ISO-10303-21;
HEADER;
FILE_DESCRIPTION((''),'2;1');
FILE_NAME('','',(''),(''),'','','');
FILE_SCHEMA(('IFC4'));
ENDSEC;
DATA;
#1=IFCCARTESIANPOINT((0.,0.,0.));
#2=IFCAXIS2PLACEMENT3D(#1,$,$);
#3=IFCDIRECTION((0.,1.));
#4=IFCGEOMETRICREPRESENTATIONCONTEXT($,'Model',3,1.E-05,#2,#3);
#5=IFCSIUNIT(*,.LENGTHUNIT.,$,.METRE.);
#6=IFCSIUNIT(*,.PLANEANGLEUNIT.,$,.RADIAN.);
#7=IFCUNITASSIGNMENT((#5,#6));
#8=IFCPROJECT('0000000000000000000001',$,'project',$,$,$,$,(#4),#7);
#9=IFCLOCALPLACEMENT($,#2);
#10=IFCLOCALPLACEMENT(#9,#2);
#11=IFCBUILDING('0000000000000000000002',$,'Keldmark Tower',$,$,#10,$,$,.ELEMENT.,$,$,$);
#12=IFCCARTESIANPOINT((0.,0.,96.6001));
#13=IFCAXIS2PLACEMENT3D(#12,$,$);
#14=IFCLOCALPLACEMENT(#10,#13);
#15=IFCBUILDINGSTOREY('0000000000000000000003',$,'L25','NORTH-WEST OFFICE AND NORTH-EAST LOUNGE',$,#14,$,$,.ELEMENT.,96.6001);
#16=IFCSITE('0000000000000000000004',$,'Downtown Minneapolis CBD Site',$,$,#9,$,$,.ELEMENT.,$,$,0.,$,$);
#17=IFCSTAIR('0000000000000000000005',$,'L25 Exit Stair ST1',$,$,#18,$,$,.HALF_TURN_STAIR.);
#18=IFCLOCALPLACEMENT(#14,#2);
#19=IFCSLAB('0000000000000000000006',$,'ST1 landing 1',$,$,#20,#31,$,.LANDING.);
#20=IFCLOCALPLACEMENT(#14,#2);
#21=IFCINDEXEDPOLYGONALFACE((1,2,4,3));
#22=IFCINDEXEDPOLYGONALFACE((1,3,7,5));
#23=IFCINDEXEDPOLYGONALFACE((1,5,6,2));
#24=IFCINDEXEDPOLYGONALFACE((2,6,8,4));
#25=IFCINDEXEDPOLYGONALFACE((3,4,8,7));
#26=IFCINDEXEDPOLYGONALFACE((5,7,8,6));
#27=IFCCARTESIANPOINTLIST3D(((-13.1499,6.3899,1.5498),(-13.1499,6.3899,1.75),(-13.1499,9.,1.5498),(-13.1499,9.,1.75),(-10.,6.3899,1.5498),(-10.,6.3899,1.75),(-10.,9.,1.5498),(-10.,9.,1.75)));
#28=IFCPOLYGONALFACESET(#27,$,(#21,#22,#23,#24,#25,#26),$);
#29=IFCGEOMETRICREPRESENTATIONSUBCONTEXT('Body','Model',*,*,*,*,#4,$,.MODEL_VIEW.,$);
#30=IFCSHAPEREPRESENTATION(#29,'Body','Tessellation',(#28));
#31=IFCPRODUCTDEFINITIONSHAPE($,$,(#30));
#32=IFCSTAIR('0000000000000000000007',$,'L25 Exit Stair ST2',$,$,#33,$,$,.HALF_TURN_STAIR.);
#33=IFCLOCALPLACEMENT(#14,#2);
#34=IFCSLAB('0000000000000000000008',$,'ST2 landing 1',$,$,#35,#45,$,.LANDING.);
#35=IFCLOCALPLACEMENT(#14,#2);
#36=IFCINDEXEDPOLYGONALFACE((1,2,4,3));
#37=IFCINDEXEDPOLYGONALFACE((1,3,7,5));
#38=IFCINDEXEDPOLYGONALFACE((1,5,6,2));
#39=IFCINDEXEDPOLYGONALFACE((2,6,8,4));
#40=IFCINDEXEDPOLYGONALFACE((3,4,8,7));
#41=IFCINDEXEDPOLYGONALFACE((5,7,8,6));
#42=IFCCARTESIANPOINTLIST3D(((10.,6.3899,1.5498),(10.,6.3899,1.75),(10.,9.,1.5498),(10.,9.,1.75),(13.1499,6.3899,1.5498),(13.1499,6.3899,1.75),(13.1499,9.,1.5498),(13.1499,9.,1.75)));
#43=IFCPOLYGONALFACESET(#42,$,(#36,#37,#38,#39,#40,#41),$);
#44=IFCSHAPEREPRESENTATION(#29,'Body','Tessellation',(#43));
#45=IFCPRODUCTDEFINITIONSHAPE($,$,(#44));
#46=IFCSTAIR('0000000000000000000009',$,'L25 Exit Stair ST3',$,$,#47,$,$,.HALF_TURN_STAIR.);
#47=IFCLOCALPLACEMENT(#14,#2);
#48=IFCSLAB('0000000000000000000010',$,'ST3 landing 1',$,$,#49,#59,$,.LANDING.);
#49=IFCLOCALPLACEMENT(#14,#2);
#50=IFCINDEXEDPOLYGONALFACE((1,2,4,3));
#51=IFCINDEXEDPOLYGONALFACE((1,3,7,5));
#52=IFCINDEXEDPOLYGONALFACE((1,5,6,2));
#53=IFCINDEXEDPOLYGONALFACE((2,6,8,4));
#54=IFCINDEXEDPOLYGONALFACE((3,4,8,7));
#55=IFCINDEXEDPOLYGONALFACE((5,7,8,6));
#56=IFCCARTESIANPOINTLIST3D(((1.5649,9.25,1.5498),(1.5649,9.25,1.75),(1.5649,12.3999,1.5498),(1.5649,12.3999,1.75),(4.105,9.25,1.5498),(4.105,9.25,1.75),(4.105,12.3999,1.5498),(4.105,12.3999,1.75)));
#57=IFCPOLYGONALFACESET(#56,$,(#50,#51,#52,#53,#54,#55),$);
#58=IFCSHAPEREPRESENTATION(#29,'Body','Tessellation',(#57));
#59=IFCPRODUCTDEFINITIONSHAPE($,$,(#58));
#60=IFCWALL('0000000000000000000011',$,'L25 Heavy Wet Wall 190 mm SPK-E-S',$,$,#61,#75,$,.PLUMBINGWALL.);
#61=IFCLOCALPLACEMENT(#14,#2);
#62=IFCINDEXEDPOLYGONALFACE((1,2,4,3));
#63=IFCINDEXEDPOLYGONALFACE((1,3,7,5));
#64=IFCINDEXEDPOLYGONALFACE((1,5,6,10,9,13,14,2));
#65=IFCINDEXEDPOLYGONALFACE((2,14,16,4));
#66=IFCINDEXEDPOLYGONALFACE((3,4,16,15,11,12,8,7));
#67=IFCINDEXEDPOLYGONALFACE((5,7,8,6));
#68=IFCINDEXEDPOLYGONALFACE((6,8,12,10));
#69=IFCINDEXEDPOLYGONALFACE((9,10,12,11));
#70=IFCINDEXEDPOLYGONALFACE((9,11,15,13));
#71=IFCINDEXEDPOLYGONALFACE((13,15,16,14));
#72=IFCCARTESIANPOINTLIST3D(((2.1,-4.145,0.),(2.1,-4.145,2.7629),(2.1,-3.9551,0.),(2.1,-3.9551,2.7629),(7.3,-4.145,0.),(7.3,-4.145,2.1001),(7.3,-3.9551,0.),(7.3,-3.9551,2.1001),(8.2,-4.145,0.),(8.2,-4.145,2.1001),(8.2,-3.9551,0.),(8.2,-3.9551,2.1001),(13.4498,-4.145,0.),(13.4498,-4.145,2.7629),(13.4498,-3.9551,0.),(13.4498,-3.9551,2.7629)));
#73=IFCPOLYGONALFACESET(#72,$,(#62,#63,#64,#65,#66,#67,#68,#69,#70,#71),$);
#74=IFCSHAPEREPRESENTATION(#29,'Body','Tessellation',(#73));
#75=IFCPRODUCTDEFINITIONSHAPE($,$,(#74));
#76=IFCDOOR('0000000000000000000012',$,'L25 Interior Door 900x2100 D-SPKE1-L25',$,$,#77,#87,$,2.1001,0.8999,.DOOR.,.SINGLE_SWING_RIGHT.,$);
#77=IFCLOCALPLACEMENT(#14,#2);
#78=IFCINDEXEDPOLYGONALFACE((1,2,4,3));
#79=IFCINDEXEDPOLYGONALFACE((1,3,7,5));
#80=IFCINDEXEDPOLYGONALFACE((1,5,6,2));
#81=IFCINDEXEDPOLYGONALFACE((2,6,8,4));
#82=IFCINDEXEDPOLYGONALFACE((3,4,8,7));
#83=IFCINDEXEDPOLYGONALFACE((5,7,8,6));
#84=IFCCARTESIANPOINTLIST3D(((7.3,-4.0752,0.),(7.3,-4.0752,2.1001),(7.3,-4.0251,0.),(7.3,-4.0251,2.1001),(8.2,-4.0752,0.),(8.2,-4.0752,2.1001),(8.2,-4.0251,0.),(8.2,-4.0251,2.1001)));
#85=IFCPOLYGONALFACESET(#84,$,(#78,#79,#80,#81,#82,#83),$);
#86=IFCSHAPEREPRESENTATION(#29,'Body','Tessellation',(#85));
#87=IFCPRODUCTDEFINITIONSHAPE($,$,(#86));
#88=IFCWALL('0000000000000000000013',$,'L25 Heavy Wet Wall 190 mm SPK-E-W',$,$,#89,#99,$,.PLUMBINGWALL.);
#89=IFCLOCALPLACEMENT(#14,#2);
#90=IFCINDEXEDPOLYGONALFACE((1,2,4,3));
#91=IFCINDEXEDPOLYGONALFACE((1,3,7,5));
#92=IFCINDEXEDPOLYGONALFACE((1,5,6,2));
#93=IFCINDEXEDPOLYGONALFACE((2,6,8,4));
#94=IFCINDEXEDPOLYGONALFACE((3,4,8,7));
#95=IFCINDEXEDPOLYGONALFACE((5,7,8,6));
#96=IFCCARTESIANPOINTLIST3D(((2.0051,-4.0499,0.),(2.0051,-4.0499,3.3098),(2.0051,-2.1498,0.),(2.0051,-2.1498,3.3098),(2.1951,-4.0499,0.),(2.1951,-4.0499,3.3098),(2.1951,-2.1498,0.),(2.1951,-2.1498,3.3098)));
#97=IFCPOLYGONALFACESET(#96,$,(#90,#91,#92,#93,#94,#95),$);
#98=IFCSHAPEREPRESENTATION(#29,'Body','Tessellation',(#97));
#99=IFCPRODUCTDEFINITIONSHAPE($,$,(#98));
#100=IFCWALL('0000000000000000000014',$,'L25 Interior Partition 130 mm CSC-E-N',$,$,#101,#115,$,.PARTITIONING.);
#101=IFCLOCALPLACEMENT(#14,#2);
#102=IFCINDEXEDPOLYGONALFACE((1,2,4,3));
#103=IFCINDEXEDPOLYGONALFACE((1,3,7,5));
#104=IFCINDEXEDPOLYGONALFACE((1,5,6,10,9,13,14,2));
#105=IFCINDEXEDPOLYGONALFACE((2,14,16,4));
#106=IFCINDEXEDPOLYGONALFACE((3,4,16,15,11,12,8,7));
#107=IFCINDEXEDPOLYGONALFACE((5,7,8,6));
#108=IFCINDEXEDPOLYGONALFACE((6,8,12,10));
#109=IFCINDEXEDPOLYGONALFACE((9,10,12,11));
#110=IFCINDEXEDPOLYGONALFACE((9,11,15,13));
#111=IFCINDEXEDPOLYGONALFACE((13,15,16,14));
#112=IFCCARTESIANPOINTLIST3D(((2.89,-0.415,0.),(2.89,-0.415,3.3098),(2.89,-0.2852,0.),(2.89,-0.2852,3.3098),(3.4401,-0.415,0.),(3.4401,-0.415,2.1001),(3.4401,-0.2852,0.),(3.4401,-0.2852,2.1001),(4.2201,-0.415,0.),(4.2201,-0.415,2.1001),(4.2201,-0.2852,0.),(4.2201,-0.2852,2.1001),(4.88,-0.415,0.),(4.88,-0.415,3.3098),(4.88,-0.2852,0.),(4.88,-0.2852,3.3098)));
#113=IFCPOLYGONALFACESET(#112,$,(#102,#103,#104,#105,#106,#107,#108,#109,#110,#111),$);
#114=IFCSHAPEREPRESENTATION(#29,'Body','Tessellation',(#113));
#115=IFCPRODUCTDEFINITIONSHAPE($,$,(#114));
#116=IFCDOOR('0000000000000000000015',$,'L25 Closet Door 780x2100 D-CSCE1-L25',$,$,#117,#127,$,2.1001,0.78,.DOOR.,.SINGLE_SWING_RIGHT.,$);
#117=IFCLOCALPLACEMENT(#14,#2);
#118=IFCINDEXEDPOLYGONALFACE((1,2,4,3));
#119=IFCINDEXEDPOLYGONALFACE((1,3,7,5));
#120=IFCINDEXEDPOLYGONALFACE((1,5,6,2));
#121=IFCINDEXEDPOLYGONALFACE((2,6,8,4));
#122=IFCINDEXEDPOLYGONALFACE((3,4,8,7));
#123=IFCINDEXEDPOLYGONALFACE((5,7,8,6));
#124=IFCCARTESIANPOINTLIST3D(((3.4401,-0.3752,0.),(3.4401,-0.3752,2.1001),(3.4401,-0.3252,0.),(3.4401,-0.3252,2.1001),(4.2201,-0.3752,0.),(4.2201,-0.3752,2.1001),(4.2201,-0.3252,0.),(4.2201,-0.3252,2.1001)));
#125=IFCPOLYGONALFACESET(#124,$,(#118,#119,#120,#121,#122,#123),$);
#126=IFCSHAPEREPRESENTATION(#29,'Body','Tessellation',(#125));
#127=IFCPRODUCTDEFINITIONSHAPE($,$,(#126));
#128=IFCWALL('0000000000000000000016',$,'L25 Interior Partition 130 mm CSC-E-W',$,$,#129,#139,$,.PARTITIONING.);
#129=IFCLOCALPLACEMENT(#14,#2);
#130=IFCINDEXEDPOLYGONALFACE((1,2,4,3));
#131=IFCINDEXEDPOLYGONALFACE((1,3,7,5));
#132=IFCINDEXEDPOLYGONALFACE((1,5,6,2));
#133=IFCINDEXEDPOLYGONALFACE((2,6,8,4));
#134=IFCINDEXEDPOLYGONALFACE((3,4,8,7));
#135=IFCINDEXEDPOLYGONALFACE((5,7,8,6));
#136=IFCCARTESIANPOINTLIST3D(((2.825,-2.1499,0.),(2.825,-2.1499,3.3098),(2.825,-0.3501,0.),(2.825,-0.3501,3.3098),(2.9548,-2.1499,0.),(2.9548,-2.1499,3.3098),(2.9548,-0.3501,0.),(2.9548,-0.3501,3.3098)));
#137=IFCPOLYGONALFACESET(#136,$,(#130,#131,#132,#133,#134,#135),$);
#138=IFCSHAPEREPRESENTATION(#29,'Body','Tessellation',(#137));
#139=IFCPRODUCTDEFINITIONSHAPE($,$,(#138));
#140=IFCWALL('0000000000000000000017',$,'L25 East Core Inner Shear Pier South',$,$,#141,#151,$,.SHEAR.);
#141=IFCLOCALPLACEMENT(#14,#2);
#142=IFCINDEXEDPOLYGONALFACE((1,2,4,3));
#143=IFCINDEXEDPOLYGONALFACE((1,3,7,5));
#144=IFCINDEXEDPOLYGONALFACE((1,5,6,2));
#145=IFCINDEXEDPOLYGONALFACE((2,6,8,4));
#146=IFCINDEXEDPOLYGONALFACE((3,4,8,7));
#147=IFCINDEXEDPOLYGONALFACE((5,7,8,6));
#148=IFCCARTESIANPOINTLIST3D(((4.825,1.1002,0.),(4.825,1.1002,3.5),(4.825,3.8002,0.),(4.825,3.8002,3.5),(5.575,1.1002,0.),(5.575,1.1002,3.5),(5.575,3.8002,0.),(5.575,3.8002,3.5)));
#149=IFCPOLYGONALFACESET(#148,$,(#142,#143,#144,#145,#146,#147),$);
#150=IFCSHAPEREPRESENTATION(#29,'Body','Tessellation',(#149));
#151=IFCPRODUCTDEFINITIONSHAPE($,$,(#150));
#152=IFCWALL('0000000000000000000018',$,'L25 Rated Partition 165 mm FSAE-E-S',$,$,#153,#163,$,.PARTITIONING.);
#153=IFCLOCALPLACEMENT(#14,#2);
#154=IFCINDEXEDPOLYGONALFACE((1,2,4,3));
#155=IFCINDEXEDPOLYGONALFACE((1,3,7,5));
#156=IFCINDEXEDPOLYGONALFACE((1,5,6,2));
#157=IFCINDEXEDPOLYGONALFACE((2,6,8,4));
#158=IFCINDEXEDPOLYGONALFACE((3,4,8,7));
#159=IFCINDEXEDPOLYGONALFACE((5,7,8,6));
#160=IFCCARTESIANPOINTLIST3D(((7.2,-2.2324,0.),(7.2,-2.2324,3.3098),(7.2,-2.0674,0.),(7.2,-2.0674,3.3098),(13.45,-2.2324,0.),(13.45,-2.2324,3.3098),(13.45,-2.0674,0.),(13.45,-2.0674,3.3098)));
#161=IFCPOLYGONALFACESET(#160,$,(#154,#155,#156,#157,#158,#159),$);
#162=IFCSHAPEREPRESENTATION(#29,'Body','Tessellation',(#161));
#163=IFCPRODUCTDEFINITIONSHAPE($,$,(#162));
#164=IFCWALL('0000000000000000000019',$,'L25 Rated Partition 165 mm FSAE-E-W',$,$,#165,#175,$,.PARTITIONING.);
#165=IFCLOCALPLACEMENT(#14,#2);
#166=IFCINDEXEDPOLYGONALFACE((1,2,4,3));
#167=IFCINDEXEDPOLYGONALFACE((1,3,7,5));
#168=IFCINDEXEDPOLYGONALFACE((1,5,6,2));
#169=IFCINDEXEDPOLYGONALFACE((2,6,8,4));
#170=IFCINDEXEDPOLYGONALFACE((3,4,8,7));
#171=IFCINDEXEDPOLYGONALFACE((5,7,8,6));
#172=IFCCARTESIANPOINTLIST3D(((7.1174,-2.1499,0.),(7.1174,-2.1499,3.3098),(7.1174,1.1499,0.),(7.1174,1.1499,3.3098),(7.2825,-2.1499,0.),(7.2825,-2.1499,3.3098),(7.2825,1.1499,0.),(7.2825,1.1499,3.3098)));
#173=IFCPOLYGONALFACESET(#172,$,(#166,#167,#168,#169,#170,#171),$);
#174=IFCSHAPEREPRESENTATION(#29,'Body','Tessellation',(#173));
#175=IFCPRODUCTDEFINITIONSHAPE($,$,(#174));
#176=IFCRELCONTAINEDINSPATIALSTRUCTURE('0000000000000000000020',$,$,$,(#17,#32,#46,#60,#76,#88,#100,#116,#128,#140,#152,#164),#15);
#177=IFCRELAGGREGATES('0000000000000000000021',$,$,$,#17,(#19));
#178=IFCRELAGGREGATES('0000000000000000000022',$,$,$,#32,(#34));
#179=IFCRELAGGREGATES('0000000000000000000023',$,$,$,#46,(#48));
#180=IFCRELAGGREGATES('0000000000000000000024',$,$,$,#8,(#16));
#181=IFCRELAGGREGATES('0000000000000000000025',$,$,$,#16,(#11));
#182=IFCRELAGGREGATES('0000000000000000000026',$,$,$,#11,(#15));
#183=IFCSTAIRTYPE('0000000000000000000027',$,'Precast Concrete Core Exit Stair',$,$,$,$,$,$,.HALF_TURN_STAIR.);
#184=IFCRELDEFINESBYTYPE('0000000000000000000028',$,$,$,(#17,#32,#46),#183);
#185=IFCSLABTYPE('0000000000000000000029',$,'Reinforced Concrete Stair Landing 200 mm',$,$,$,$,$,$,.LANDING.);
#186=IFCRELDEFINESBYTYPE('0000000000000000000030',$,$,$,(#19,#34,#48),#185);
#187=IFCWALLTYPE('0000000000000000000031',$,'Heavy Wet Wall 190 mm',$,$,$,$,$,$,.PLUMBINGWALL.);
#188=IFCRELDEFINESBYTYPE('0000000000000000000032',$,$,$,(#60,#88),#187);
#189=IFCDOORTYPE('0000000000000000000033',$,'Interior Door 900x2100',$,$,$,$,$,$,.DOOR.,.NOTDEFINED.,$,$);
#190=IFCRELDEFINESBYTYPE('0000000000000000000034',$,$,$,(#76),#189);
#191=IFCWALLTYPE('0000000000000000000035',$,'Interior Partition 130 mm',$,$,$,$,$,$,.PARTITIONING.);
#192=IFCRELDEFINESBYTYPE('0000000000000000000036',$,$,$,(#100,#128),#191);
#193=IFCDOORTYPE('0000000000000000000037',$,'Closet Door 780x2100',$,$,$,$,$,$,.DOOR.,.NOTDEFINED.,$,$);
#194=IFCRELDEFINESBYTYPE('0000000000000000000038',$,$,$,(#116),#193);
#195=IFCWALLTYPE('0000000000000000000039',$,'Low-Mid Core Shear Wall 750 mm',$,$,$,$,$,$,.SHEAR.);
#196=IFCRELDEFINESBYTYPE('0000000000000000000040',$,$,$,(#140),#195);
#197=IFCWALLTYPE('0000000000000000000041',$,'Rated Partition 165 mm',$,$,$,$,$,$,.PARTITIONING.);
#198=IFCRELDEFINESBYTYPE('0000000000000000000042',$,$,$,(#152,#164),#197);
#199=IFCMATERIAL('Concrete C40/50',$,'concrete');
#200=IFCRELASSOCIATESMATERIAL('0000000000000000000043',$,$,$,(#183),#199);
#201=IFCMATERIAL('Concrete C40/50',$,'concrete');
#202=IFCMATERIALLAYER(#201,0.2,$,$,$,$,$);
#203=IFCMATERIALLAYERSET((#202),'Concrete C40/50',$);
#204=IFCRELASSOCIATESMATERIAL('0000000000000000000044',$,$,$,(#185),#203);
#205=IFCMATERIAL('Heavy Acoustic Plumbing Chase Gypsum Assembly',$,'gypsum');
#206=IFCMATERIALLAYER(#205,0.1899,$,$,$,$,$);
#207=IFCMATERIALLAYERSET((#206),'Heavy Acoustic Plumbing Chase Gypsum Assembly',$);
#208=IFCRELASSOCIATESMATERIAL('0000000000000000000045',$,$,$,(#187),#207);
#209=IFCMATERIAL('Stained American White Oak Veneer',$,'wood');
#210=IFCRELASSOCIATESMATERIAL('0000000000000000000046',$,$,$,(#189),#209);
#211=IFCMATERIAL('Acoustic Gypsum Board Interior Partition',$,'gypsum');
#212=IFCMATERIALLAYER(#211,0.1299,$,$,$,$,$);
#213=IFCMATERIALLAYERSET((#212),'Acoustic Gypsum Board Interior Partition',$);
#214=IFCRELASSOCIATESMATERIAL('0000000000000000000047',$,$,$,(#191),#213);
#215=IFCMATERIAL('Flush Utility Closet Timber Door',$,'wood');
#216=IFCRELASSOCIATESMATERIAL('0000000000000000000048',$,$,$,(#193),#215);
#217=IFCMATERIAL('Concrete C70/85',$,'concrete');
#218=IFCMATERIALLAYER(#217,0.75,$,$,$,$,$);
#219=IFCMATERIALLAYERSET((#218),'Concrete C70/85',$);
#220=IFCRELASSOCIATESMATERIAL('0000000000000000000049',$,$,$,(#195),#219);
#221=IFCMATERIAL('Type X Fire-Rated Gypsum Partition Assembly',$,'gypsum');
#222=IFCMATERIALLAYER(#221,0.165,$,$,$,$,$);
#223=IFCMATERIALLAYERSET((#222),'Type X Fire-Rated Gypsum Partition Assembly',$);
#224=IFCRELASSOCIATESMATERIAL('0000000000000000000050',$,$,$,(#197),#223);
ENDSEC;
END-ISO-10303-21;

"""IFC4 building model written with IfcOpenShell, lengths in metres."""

from ifc_helpers import new_model, si_unit, direction, frame, frame_2d, origin, place, context, subcontext, project, spatial, polyline, rectangle, outline, extrude, material, layer, layer_set, type_object, element, fill, aggregate, save


model = new_model("IFC4")

# Units and contexts
model_context = context("Model", 3, precision=1e-05, world=origin(), true_north=direction((0.0, 1.0)))
body_context = subcontext(model_context, "Body", "Model", "MODEL_VIEW")
ifc_project = project(units=[si_unit("LENGTHUNIT", "METRE"), si_unit("PLANEANGLEUNIT", "RADIAN")], contexts=[model_context])

# Site, building, storey
site_placement = place(None, origin())
site = spatial("IfcSite", under=ifc_project, at=site_placement, Name="Downtown Minneapolis CBD Site", CompositionType="ELEMENT", RefElevation=0.0)
building_placement = place(site_placement, origin())
building = spatial("IfcBuilding", under=site, at=building_placement, Name="Keldmark Tower", CompositionType="ELEMENT")
storey_placement = place(building_placement, frame((0.0, 0.0, 96.6001)))
storey = spatial("IfcBuildingStorey", under=building, at=storey_placement, Name="L25", Description="NORTH-WEST OFFICE AND NORTH-EAST LOUNGE", CompositionType="ELEMENT", Elevation=96.6001)

# Stairs, slabs
ifc_material_1 = material(Name="Concrete C40/50", Category="concrete")
stair_type = type_object("IfcStairType", Name="Precast Concrete Core Exit Stair", PredefinedType="HALF_TURN_STAIR", material=ifc_material_1)
stair_1_placement = place(storey_placement, origin())
stair_1 = element("IfcStair", 1, at=stair_1_placement, inside=storey, type_object=stair_type, Name="L25 Exit Stair ST1", PredefinedType="HALF_TURN_STAIR")
ifc_material_2 = material(Name="Concrete C40/50", Category="concrete")
ifc_layer_1 = layer(ifc_material_2, 0.2)
ifc_layer_set_1 = layer_set([ifc_layer_1], Name="Concrete C40/50")
slab_type_1 = type_object("IfcSlabType", Name="Reinforced Concrete Stair Landing 200 mm", PredefinedType="LANDING", material=ifc_layer_set_1)
slab_1_placement = place(storey_placement, frame((0.0, 0.0, 1.5498)))
slab_1 = element("IfcSlab", 2, at=slab_1_placement, type_object=slab_type_1, Name="ST1 landing 1", PredefinedType="LANDING", context=body_context, shape_type="SweptSolid", body=[
    extrude(outline(polyline([(-10.0, 6.3899), (-10.0, 9.0), (-13.1499, 9.0), (-13.1499, 6.3899), (-10.0, 6.3899)])), origin(), (0.0, 0.0, 1.0), 0.2002),
])
aggregate(stair_1, [slab_1])
stair_2_placement = place(storey_placement, origin())
stair_2 = element("IfcStair", 3, at=stair_2_placement, inside=storey, type_object=stair_type, Name="L25 Exit Stair ST2", PredefinedType="HALF_TURN_STAIR")
slab_2_placement = place(storey_placement, frame((0.0, 0.0, 1.5498)))
slab_2 = element("IfcSlab", 4, at=slab_2_placement, type_object=slab_type_1, Name="ST2 landing 1", PredefinedType="LANDING", context=body_context, shape_type="SweptSolid", body=[
    extrude(outline(polyline([(13.1499, 6.3899), (13.1499, 9.0), (10.0, 9.0), (10.0, 6.3899), (13.1499, 6.3899)])), origin(), (0.0, 0.0, 1.0), 0.2002),
])
aggregate(stair_2, [slab_2])
stair_3_placement = place(storey_placement, origin())
stair_3 = element("IfcStair", 5, at=stair_3_placement, inside=storey, type_object=stair_type, Name="L25 Exit Stair ST3", PredefinedType="HALF_TURN_STAIR")
slab_3_placement = place(storey_placement, frame((0.0, 0.0, 1.5498)))
slab_3 = element("IfcSlab", 6, at=slab_3_placement, type_object=slab_type_1, Name="ST3 landing 1", PredefinedType="LANDING", context=body_context, shape_type="SweptSolid", body=[
    extrude(outline(polyline([(1.5649, 9.25), (4.105, 9.25), (4.105, 12.3999), (1.5649, 12.3999), (1.5649, 9.25)])), origin(), (0.0, 0.0, 1.0), 0.2002),
])
aggregate(stair_3, [slab_3])

# Wall, opening, door
ifc_material_3 = material(Name="Heavy Acoustic Plumbing Chase Gypsum Assembly", Category="gypsum")
ifc_layer_2 = layer(ifc_material_3, 0.1899)
ifc_layer_set_2 = layer_set([ifc_layer_2], Name="Heavy Acoustic Plumbing Chase Gypsum Assembly")
wall_type_1 = type_object("IfcWallType", Name="Heavy Wet Wall 190 mm", PredefinedType="PLUMBINGWALL", material=ifc_layer_set_2)
wall_1_placement = place(storey_placement, frame((2.1001, -4.05, 0.0), z_axis=(0.0, 0.0, 1.0), x_axis=(1.0, 0.0, 0.0)))
wall_1 = element("IfcWall", 7, at=wall_1_placement, inside=storey, type_object=wall_type_1, Name="L25 Heavy Wet Wall 190 mm SPK-E-S", PredefinedType="PLUMBINGWALL", context=body_context, shape_type="SweptSolid", body=[
    extrude(rectangle(XDim=11.3499, YDim=0.1899, at=frame_2d((5.6748, 0.0))), origin(), (0.0, 0.0, 1.0), 2.7629),
])
opening_1_placement = place(wall_1_placement, frame((5.2, 0.0, 0.0)))
opening_1 = element("IfcOpeningElement", 8, at=opening_1_placement, cuts=wall_1, PredefinedType="OPENING", context=body_context, shape_type="SweptSolid", body=[
    extrude(rectangle(XDim=0.8999, YDim=2.1001, at=frame_2d((0.45, 1.05))), frame((0.0, 0.105, 0.0), z_axis=(0.0, -1.0, 0.0), x_axis=(1.0, 0.0, 0.0)), (0.0, 0.0, 1.0), 0.21),
])
ifc_material_4 = material(Name="Stained American White Oak Veneer", Category="wood")
door_type_1 = type_object("IfcDoorType", Name="Interior Door 900x2100", OperationType="NOTDEFINED", PredefinedType="DOOR", material=ifc_material_4)
door_1_placement = place(opening_1_placement, origin())
door_1 = element("IfcDoor", 9, at=door_1_placement, inside=storey, type_object=door_type_1, Name="L25 Interior Door 900x2100 D-SPKE1-L25", OperationType="SINGLE_SWING_RIGHT", OverallHeight=2.1001, OverallWidth=0.8999, PredefinedType="DOOR", context=body_context, shape_type="SweptSolid", body=[
    extrude(rectangle(XDim=0.8999, YDim=2.1001, at=frame_2d((0.45, 1.05))), frame((0.0, 0.0249, 0.0), z_axis=(0.0, -1.0, 0.0), x_axis=(1.0, 0.0, 0.0)), (0.0, 0.0, 1.0), 0.05),
])
fill(opening_1, door_1)

# Wall
wall_2_placement = place(storey_placement, frame((2.1001, -4.05, 0.0), z_axis=(0.0, 0.0, 1.0), x_axis=(0.0, 1.0, 0.0)))
element("IfcWall", 10, at=wall_2_placement, inside=storey, type_object=wall_type_1, Name="L25 Heavy Wet Wall 190 mm SPK-E-W", PredefinedType="PLUMBINGWALL", context=body_context, shape_type="SweptSolid", body=[
    extrude(rectangle(XDim=1.9001, YDim=0.1899, at=frame_2d((0.9502, 0.0))), origin(), (0.0, 0.0, 1.0), 3.3098),
])

# Wall, opening, door
ifc_material_5 = material(Name="Acoustic Gypsum Board Interior Partition", Category="gypsum")
ifc_layer_3 = layer(ifc_material_5, 0.1299)
ifc_layer_set_3 = layer_set([ifc_layer_3], Name="Acoustic Gypsum Board Interior Partition")
wall_type_2 = type_object("IfcWallType", Name="Interior Partition 130 mm", PredefinedType="PARTITIONING", material=ifc_layer_set_3)
wall_3_placement = place(storey_placement, frame((2.8899, -0.3501, 0.0), z_axis=(0.0, 0.0, 1.0), x_axis=(1.0, 0.0, 0.0)))
wall_3 = element("IfcWall", 11, at=wall_3_placement, inside=storey, type_object=wall_type_2, Name="L25 Interior Partition 130 mm CSC-E-N", PredefinedType="PARTITIONING", context=body_context, shape_type="SweptSolid", body=[
    extrude(rectangle(XDim=1.99, YDim=0.1299, at=frame_2d((0.9951, 0.0))), origin(), (0.0, 0.0, 1.0), 3.3098),
])
opening_2_placement = place(wall_3_placement, frame((0.55, 0.0, 0.0)))
opening_2 = element("IfcOpeningElement", 12, at=opening_2_placement, cuts=wall_3, PredefinedType="OPENING", context=body_context, shape_type="SweptSolid", body=[
    extrude(rectangle(XDim=0.78, YDim=2.1001, at=frame_2d((0.3901, 1.05))), frame((0.0, 0.075, 0.0), z_axis=(0.0, -1.0, 0.0), x_axis=(1.0, 0.0, 0.0)), (0.0, 0.0, 1.0), 0.1499),
])
ifc_material_6 = material(Name="Flush Utility Closet Timber Door", Category="wood")
door_type_2 = type_object("IfcDoorType", Name="Closet Door 780x2100", OperationType="NOTDEFINED", PredefinedType="DOOR", material=ifc_material_6)
door_2_placement = place(opening_2_placement, origin())
door_2 = element("IfcDoor", 13, at=door_2_placement, inside=storey, type_object=door_type_2, Name="L25 Closet Door 780x2100 D-CSCE1-L25", OperationType="SINGLE_SWING_RIGHT", OverallHeight=2.1001, OverallWidth=0.78, PredefinedType="DOOR", context=body_context, shape_type="SweptSolid", body=[
    extrude(rectangle(XDim=0.78, YDim=2.1001, at=frame_2d((0.3901, 1.05))), frame((0.0, 0.0249, 0.0), z_axis=(0.0, -1.0, 0.0), x_axis=(1.0, 0.0, 0.0)), (0.0, 0.0, 1.0), 0.05),
])
fill(opening_2, door_2)

# Walls
wall_4_placement = place(storey_placement, frame((2.8899, -2.1499, 0.0), z_axis=(0.0, 0.0, 1.0), x_axis=(0.0, 1.0, 0.0)))
element("IfcWall", 14, at=wall_4_placement, inside=storey, type_object=wall_type_2, Name="L25 Interior Partition 130 mm CSC-E-W", PredefinedType="PARTITIONING", context=body_context, shape_type="SweptSolid", body=[
    extrude(rectangle(XDim=1.7998, YDim=0.1299, at=frame_2d((0.8999, 0.0))), origin(), (0.0, 0.0, 1.0), 3.3098),
])
ifc_material_7 = material(Name="Concrete C70/85", Category="concrete")
ifc_layer_4 = layer(ifc_material_7, 0.75)
ifc_layer_set_4 = layer_set([ifc_layer_4], Name="Concrete C70/85")
wall_type_3 = type_object("IfcWallType", Name="Low-Mid Core Shear Wall 750 mm", PredefinedType="SHEAR", material=ifc_layer_set_4)
wall_5_placement = place(storey_placement, frame((5.2, 1.1001, 0.0), z_axis=(0.0, 0.0, 1.0), x_axis=(0.0, 1.0, 0.0)))
element("IfcWall", 15, at=wall_5_placement, inside=storey, type_object=wall_type_3, Name="L25 East Core Inner Shear Pier South", PredefinedType="SHEAR", context=body_context, shape_type="SweptSolid", body=[
    extrude(rectangle(XDim=2.7, YDim=0.75, at=frame_2d((1.3501, 0.0))), origin(), (0.0, 0.0, 1.0), 3.5),
])
ifc_material_8 = material(Name="Type X Fire-Rated Gypsum Partition Assembly", Category="gypsum")
ifc_layer_5 = layer(ifc_material_8, 0.165)
ifc_layer_set_5 = layer_set([ifc_layer_5], Name="Type X Fire-Rated Gypsum Partition Assembly")
wall_type_4 = type_object("IfcWallType", Name="Rated Partition 165 mm", PredefinedType="PARTITIONING", material=ifc_layer_set_5)
wall_6_placement = place(storey_placement, frame((7.2, -2.1499, 0.0), z_axis=(0.0, 0.0, 1.0), x_axis=(1.0, 0.0, 0.0)))
element("IfcWall", 16, at=wall_6_placement, inside=storey, type_object=wall_type_4, Name="L25 Rated Partition 165 mm FSAE-E-S", PredefinedType="PARTITIONING", context=body_context, shape_type="SweptSolid", body=[
    extrude(rectangle(XDim=6.25, YDim=0.165, at=frame_2d((3.125, 0.0))), origin(), (0.0, 0.0, 1.0), 3.3098),
])
wall_7_placement = place(storey_placement, frame((7.2, -2.1499, 0.0), z_axis=(0.0, 0.0, 1.0), x_axis=(0.0, 1.0, 0.0)))
element("IfcWall", 17, at=wall_7_placement, inside=storey, type_object=wall_type_4, Name="L25 Rated Partition 165 mm FSAE-E-W", PredefinedType="PARTITIONING", context=body_context, shape_type="SweptSolid", body=[
    extrude(rectangle(XDim=3.2998, YDim=0.165, at=frame_2d((1.6499, 0.0))), origin(), (0.0, 0.0, 1.0), 3.3098),
])

save(model, "model.ifc")
